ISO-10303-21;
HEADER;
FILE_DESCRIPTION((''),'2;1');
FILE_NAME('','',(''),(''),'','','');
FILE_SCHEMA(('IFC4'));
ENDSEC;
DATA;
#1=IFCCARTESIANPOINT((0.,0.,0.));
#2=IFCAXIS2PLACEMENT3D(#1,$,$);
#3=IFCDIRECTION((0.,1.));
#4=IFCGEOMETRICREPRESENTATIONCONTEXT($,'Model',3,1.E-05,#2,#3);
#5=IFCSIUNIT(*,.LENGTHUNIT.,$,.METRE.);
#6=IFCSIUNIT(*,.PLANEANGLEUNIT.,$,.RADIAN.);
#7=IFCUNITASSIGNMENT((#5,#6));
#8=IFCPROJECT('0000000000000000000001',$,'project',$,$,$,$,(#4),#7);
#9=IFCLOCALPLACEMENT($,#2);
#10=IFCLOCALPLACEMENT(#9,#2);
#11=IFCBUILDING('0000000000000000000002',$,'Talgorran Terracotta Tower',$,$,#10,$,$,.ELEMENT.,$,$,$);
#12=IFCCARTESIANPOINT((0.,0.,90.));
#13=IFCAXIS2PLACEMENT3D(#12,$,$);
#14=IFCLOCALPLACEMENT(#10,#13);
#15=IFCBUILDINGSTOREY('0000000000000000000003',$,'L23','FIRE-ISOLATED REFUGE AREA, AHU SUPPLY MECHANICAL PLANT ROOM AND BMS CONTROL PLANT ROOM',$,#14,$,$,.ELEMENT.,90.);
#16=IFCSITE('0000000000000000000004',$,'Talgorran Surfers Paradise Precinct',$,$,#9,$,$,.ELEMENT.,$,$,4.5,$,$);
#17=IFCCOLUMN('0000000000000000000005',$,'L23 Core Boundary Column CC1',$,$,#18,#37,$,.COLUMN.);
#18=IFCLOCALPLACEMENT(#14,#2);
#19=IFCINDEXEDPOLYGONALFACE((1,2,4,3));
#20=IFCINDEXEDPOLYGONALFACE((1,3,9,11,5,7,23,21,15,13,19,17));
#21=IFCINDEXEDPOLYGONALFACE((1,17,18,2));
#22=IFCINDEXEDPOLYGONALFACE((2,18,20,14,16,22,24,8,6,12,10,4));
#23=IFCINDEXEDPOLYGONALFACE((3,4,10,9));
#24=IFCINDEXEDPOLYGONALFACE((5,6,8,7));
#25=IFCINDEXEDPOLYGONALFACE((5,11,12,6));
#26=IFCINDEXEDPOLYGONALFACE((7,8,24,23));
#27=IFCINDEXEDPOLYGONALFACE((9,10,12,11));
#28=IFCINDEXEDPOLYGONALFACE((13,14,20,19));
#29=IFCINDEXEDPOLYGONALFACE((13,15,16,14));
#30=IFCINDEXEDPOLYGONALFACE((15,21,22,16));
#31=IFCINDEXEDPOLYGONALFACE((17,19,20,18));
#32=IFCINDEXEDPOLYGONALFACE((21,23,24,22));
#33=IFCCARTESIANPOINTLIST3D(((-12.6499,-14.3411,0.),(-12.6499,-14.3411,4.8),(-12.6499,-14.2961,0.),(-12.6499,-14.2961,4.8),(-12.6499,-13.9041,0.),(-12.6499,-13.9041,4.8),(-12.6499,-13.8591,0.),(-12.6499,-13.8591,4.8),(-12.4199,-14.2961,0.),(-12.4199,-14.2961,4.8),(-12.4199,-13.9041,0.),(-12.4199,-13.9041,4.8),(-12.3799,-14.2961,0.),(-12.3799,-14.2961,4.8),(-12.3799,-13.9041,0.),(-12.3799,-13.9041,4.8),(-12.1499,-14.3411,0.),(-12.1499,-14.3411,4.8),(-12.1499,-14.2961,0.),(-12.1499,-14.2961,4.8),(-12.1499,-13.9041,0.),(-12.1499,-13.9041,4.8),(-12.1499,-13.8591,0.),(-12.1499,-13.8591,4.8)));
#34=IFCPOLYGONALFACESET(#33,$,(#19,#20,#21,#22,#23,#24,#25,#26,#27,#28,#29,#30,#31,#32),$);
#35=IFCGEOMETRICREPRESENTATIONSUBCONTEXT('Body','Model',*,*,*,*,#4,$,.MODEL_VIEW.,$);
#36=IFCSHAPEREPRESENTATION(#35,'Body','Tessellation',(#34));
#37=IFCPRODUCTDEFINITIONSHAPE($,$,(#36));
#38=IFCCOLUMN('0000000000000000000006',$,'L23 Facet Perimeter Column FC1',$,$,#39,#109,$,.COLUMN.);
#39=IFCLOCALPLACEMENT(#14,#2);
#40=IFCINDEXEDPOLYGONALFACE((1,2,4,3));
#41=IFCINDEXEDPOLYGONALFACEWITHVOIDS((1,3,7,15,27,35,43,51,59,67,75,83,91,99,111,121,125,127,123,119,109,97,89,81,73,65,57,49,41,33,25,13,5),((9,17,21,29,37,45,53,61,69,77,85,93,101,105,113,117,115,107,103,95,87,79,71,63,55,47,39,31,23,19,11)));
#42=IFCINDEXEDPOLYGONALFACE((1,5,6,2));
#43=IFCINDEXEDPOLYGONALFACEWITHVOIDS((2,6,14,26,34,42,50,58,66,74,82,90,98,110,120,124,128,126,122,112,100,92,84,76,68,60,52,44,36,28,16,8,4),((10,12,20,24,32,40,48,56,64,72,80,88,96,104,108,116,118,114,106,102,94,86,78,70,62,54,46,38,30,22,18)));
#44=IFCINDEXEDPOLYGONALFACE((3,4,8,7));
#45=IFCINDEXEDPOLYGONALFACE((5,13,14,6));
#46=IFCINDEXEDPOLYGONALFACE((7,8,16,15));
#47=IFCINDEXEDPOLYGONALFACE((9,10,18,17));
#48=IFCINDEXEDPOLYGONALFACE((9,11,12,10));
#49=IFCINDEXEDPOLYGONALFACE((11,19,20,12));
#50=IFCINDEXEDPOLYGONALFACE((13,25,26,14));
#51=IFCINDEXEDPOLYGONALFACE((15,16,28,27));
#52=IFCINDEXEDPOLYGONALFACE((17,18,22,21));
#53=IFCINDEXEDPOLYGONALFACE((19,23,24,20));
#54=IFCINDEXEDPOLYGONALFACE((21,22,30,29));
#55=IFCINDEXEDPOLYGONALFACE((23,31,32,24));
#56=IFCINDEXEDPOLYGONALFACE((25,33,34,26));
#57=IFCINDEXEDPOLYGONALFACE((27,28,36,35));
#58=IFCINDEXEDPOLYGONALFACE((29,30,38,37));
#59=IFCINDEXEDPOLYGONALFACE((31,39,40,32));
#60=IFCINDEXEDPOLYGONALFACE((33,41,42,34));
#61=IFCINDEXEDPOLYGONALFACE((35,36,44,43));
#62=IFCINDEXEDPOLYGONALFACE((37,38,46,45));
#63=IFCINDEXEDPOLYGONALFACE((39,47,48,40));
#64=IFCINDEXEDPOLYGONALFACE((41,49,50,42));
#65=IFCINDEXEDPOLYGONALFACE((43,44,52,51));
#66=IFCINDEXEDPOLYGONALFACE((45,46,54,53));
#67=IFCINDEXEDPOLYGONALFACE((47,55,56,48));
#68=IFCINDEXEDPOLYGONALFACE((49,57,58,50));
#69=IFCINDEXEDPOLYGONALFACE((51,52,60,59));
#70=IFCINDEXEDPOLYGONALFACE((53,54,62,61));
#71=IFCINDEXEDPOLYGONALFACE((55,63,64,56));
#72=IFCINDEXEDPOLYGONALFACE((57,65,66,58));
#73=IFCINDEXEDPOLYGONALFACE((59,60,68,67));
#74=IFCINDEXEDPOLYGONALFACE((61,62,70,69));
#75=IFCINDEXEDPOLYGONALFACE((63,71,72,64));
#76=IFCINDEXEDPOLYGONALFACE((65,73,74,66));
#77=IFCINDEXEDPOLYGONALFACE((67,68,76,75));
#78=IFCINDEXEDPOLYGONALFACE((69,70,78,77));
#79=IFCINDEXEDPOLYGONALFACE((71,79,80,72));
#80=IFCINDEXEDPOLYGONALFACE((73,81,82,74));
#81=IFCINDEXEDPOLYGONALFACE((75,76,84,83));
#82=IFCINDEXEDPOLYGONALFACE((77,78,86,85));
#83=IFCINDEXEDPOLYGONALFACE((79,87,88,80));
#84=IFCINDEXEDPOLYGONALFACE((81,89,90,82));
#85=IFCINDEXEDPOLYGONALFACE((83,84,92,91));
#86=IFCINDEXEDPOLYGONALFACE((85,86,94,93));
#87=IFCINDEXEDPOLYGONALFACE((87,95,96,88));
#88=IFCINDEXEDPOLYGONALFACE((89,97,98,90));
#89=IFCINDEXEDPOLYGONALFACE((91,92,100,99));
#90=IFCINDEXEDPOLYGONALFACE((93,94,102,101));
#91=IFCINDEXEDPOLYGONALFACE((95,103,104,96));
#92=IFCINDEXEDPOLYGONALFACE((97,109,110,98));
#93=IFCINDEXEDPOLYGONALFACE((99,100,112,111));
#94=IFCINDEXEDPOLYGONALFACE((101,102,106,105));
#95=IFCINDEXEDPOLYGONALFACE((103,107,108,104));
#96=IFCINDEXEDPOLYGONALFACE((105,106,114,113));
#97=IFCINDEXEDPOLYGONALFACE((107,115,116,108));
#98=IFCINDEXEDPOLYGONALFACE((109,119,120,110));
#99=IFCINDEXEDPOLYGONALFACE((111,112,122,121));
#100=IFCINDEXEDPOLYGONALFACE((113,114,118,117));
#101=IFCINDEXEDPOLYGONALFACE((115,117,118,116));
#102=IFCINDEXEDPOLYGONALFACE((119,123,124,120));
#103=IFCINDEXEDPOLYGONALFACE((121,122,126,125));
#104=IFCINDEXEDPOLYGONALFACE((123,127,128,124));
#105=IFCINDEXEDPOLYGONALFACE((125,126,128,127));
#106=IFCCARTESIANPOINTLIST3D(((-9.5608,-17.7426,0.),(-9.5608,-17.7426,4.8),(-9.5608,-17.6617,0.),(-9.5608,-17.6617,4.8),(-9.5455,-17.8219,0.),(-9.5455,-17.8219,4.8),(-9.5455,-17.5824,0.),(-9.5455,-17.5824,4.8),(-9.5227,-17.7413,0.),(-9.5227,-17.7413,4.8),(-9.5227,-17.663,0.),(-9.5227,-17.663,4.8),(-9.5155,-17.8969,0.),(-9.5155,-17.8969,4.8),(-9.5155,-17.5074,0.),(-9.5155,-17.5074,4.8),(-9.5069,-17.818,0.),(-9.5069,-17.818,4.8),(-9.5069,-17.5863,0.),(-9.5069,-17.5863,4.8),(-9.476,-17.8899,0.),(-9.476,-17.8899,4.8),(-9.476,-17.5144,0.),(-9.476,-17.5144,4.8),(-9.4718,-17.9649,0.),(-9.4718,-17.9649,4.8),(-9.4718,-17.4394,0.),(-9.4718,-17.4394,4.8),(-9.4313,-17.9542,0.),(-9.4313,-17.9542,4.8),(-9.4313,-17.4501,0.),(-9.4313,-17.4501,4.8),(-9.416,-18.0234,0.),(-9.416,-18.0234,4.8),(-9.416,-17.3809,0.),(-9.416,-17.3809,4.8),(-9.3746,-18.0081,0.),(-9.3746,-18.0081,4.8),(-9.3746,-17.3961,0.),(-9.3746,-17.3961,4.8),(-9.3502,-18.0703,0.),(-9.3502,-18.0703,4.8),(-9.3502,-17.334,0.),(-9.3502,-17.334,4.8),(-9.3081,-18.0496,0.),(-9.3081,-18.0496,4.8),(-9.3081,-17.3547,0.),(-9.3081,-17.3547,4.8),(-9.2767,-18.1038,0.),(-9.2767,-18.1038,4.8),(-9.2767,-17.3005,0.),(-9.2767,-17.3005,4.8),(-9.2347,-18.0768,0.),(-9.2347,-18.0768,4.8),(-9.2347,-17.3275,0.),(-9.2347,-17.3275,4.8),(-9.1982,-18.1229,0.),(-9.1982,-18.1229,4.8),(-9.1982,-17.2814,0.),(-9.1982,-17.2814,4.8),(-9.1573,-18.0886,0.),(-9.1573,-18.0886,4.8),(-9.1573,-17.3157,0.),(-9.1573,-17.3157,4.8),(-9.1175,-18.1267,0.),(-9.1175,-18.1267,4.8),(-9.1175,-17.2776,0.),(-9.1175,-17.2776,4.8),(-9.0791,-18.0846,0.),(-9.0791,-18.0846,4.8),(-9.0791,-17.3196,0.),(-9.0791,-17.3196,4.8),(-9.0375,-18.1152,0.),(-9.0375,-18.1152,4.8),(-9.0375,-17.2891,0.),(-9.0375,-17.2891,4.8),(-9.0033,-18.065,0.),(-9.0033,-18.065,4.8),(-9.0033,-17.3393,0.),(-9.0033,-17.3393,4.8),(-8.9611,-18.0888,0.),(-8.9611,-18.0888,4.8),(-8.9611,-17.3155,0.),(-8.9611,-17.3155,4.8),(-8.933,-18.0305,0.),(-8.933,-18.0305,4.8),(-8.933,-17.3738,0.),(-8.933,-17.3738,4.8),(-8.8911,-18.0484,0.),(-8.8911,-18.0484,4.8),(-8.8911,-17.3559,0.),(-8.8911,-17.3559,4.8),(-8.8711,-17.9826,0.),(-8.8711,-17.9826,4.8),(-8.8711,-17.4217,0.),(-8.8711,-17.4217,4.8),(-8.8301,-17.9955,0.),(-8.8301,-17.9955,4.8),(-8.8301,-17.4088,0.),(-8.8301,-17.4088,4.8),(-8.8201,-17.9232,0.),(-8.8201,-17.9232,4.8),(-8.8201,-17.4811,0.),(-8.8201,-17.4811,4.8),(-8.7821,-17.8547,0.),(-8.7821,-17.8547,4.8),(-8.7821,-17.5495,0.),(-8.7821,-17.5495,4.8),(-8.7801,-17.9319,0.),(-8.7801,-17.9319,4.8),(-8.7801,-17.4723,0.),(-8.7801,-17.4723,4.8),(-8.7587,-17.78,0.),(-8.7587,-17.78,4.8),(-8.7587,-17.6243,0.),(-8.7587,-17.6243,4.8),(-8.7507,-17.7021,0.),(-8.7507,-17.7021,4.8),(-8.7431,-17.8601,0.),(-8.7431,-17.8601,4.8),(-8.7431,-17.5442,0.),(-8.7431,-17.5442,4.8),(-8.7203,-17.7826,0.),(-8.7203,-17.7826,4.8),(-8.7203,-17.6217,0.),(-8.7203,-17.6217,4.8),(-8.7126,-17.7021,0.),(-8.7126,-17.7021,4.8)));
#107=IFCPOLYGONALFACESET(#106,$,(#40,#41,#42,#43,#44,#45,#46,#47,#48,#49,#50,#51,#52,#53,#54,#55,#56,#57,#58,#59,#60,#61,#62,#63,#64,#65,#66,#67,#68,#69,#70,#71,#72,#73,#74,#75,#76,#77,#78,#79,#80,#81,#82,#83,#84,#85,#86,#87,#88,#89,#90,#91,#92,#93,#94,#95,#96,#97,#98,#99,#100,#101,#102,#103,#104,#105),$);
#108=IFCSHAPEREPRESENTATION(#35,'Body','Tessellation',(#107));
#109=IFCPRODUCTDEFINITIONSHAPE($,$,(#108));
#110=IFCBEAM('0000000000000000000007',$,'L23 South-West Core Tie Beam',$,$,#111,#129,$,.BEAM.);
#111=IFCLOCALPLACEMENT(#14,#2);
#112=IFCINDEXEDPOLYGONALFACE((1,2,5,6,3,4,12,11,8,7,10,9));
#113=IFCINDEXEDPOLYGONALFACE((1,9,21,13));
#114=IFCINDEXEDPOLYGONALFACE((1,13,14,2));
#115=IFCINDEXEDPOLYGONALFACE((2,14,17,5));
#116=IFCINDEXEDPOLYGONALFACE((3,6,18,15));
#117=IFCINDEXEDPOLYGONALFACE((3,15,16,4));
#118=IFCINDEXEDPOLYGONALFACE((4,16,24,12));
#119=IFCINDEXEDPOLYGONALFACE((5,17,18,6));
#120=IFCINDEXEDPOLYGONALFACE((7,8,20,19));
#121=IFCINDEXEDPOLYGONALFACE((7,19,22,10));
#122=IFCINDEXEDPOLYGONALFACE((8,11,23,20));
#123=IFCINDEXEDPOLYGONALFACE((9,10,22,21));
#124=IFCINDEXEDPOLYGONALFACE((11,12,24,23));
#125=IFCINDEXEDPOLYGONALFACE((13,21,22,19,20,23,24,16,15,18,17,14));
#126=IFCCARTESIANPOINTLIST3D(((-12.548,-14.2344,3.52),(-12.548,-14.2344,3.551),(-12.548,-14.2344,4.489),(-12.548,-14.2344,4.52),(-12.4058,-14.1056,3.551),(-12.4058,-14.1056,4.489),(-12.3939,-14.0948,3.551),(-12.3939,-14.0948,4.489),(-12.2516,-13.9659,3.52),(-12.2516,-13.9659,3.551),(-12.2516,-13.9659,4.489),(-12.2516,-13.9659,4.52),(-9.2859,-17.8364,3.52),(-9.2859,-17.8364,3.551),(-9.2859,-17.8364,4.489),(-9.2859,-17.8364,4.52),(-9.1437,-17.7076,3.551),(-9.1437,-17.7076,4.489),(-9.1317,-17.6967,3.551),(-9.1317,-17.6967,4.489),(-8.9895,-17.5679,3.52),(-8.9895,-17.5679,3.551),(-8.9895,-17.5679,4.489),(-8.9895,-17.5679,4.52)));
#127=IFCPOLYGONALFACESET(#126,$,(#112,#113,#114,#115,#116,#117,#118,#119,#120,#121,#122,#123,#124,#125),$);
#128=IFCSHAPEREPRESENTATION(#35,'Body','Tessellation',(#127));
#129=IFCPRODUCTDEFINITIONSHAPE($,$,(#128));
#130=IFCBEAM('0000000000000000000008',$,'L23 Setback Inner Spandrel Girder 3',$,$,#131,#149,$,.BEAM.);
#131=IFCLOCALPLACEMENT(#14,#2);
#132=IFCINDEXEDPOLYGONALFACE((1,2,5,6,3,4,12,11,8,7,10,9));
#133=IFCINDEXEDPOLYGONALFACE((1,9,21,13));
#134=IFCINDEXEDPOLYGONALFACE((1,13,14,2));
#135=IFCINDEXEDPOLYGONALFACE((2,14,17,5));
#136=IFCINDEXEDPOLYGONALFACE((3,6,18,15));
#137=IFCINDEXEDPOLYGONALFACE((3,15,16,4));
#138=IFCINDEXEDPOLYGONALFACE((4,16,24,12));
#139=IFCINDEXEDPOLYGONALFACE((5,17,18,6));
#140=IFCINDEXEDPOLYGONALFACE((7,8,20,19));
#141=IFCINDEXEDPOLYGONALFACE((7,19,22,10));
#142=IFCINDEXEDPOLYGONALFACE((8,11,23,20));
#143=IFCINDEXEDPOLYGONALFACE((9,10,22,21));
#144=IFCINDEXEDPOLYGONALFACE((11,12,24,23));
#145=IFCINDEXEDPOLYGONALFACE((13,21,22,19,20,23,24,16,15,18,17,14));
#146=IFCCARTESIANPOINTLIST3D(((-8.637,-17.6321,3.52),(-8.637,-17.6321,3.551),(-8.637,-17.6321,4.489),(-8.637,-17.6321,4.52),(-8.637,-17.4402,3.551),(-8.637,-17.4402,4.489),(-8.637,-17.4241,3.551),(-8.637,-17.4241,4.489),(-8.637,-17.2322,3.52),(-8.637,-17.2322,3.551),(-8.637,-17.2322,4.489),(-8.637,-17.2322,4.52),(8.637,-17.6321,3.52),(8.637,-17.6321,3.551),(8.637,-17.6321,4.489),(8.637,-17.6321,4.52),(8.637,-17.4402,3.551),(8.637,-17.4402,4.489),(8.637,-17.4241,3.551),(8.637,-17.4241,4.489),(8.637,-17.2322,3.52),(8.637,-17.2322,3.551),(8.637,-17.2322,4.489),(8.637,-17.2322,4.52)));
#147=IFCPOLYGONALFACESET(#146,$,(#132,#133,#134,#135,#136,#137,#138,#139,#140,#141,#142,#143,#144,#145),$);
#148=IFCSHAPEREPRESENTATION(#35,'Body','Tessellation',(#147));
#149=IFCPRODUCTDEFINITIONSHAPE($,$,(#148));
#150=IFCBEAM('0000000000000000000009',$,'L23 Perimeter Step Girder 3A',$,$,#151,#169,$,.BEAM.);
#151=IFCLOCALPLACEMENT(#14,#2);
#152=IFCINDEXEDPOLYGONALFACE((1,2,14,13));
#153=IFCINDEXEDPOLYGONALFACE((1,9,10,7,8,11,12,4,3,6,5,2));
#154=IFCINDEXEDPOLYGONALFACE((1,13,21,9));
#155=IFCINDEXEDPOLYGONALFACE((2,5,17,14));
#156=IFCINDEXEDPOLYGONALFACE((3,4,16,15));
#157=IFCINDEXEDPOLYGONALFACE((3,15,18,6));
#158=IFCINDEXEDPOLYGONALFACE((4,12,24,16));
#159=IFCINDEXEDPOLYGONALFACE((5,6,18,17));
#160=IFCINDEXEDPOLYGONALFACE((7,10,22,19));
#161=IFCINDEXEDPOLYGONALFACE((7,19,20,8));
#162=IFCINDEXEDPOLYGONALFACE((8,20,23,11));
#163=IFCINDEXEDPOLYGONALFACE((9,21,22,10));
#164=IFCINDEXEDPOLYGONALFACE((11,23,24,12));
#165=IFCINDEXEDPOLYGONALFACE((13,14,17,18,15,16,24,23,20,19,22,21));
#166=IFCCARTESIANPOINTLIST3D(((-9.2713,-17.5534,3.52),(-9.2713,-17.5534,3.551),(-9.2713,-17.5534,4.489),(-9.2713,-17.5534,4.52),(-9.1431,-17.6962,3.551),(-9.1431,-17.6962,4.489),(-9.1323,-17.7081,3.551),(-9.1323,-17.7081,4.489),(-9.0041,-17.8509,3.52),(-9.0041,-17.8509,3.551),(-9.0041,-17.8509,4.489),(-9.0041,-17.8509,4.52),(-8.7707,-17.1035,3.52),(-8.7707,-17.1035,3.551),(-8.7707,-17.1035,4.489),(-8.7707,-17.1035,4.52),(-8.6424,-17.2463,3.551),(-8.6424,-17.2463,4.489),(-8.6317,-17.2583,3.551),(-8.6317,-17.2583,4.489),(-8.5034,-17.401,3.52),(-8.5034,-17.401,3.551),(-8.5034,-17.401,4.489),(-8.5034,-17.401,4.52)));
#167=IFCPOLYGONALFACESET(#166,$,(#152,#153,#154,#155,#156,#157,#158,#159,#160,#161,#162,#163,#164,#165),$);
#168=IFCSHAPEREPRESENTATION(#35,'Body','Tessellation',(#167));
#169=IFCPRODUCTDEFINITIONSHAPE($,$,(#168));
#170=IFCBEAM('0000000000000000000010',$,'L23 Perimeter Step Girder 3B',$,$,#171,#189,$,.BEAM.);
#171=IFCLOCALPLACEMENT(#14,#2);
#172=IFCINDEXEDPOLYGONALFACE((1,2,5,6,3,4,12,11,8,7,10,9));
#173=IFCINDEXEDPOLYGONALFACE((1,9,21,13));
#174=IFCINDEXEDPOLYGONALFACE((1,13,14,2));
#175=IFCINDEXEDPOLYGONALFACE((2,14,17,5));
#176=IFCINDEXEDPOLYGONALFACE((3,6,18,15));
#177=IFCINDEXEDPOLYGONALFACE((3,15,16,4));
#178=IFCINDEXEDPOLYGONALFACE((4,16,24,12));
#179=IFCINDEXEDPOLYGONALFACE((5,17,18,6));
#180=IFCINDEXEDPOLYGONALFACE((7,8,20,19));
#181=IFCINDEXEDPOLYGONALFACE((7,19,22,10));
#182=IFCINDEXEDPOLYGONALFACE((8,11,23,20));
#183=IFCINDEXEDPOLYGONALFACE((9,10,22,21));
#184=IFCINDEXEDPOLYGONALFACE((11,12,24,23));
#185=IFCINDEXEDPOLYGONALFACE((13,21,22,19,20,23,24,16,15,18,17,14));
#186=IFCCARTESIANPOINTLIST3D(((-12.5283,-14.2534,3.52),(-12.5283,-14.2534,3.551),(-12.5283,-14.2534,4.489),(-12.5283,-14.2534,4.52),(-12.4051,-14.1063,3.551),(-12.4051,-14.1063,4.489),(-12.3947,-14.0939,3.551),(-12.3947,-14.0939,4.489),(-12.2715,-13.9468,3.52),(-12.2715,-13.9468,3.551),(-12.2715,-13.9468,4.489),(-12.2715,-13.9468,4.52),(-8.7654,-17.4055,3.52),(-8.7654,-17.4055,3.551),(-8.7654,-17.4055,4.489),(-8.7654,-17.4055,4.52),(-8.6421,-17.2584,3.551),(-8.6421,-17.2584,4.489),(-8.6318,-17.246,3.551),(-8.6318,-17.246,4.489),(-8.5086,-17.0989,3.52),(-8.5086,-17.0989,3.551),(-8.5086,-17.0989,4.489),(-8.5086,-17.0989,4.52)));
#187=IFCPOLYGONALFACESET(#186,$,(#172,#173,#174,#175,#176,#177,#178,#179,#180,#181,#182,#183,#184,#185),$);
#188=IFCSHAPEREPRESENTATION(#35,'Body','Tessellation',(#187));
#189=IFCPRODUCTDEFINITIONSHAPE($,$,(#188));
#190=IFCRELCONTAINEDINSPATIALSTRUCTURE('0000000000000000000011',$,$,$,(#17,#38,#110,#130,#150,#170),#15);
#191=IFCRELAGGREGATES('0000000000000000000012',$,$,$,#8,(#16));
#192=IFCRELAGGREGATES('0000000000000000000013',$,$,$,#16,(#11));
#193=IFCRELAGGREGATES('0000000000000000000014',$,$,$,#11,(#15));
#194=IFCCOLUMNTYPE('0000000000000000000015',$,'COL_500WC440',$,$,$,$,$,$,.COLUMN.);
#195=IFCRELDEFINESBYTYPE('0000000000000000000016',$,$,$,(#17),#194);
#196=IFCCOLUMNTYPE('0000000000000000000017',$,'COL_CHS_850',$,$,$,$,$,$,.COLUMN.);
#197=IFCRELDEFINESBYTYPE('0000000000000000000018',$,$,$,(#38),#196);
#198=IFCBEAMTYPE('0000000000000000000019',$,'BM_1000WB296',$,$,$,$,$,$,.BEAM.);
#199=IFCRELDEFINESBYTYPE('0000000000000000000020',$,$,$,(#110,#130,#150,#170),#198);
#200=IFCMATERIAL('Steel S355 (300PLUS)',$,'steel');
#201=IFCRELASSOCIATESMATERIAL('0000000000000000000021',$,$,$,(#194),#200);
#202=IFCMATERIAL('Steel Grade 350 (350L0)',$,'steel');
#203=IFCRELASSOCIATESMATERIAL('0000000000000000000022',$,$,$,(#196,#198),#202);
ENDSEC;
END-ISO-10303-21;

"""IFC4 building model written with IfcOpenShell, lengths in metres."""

from ifc_helpers import new_model, si_unit, direction, frame, origin, origin_2d, place, context, subcontext, project, spatial, hollow_circle, i_section, extrude, material, material_profile, profile_set, type_object, element, save


model = new_model("IFC4")

# Units and contexts
model_context = context("Model", 3, precision=1e-05, world=origin(), true_north=direction((0.0, 1.0)))
body_context = subcontext(model_context, "Body", "Model", "MODEL_VIEW")
ifc_project = project(units=[si_unit("LENGTHUNIT", "METRE"), si_unit("PLANEANGLEUNIT", "RADIAN")], contexts=[model_context])

# Site, building, storey
site_placement = place(None, origin())
site = spatial("IfcSite", under=ifc_project, at=site_placement, Name="Talgorran Surfers Paradise Precinct", CompositionType="ELEMENT", RefElevation=4.5)
building_placement = place(site_placement, origin())
building = spatial("IfcBuilding", under=site, at=building_placement, Name="Talgorran Terracotta Tower", CompositionType="ELEMENT")
storey_placement = place(building_placement, frame((0.0, 0.0, 90.0)))
storey = spatial("IfcBuildingStorey", under=building, at=storey_placement, Name="L23", Description="FIRE-ISOLATED REFUGE AREA, AHU SUPPLY MECHANICAL PLANT ROOM AND BMS CONTROL PLANT ROOM", CompositionType="ELEMENT", Elevation=90.0)

# Columns
ifc_material_1 = material(Name="Steel S355 (300PLUS)", Category="steel")
ifc_material_profile_1 = material_profile(ifc_material_1, i_section(OverallWidth=0.5, OverallDepth=0.4819, WebThickness=0.04, FlangeThickness=0.0449, at=origin_2d()), Name="500WC440")
ifc_profile_set_1 = profile_set([ifc_material_profile_1], Name="Steel S355 (300PLUS)")
column_type_1 = type_object("IfcColumnType", Name="COL_500WC440", PredefinedType="COLUMN", material=ifc_profile_set_1)
column_1_placement = place(storey_placement, frame((-12.3999, -14.1001, 0.0), z_axis=(0.0, 0.0, 1.0), x_axis=(1.0, 0.0, 0.0)))
element("IfcColumn", 1, at=column_1_placement, inside=storey, type_object=column_type_1, Name="L23 Core Boundary Column CC1", PredefinedType="COLUMN", context=body_context, shape_type="SweptSolid", body=[
    extrude(i_section(OverallWidth=0.5, OverallDepth=0.4819, WebThickness=0.04, FlangeThickness=0.0449, at=origin_2d()), origin(), (0.0, 0.0, 1.0), 4.8),
])
ifc_material_2 = material(Name="Steel Grade 350 (350L0)", Category="steel")
ifc_material_profile_2 = material_profile(ifc_material_2, hollow_circle(Radius=0.425, WallThickness=0.0381, at=origin_2d()), Name="CHS850X38")
ifc_profile_set_2 = profile_set([ifc_material_profile_2], Name="Steel Grade 350 (350L0)")
column_type_2 = type_object("IfcColumnType", Name="COL_CHS_850", PredefinedType="COLUMN", material=ifc_profile_set_2)
column_2_placement = place(storey_placement, frame((-9.1377, -17.7021, 0.0), z_axis=(0.0, 0.0, 1.0), x_axis=(1.0, 0.0, 0.0)))
element("IfcColumn", 2, at=column_2_placement, inside=storey, type_object=column_type_2, Name="L23 Facet Perimeter Column FC1", PredefinedType="COLUMN", context=body_context, shape_type="SweptSolid", body=[
    extrude(hollow_circle(Radius=0.425, WallThickness=0.0381, at=origin_2d()), origin(), (0.0, 0.0, 1.0), 4.8),
])

# Beams
ifc_material_profile_3 = material_profile(ifc_material_2, i_section(OverallWidth=0.3999, OverallDepth=1.0, WebThickness=0.0161, FlangeThickness=0.031, at=origin_2d()), Name="1000WB296")
ifc_profile_set_3 = profile_set([ifc_material_profile_3], Name="Steel Grade 350 (350L0)")
beam_type_1 = type_object("IfcBeamType", Name="BM_1000WB296", PredefinedType="BEAM", material=ifc_profile_set_3)
beam_1_placement = place(storey_placement, frame((-9.1377, -17.7021, 4.02), z_axis=(-0.671276, 0.741207, 0.0), x_axis=(-0.741207, -0.671276, 0.0)))
element("IfcBeam", 3, at=beam_1_placement, inside=storey, type_object=beam_type_1, Name="L23 South-West Core Tie Beam", PredefinedType="BEAM", context=body_context, shape_type="SweptSolid", body=[
    extrude(i_section(OverallWidth=0.3999, OverallDepth=1.0, WebThickness=0.0161, FlangeThickness=0.031, at=origin_2d()), origin(), (0.0, 0.0, 1.0), 4.8596),
])
beam_2_placement = place(storey_placement, frame((-8.637, -17.4321, 4.02), z_axis=(1.0, 0.0, 0.0), x_axis=(0.0, 1.0, 0.0)))
element("IfcBeam", 4, at=beam_2_placement, inside=storey, type_object=beam_type_1, Name="L23 Setback Inner Spandrel Girder 3", PredefinedType="BEAM", context=body_context, shape_type="SweptSolid", body=[
    extrude(i_section(OverallWidth=0.3999, OverallDepth=1.0, WebThickness=0.0161, FlangeThickness=0.031, at=origin_2d()), origin(), (0.0, 0.0, 1.0), 17.2739),
])
beam_3_placement = place(storey_placement, frame((-9.1377, -17.7021, 4.02), z_axis=(0.743817, 0.668383, 0.0), x_axis=(-0.668383, 0.743817, 0.0)))
element("IfcBeam", 5, at=beam_3_placement, inside=storey, type_object=beam_type_1, Name="L23 Perimeter Step Girder 3A", PredefinedType="BEAM", context=body_context, shape_type="SweptSolid", body=[
    extrude(i_section(OverallWidth=0.3999, OverallDepth=1.0, WebThickness=0.0161, FlangeThickness=0.031, at=origin_2d()), origin(), (0.0, 0.0, 1.0), 0.6731),
])
beam_4_placement = place(storey_placement, frame((-8.637, -17.2522, 4.02), z_axis=(-0.766584, 0.642144, 0.0), x_axis=(-0.642144, -0.766584, 0.0)))
element("IfcBeam", 6, at=beam_4_placement, inside=storey, type_object=beam_type_1, Name="L23 Perimeter Step Girder 3B", PredefinedType="BEAM", context=body_context, shape_type="SweptSolid", body=[
    extrude(i_section(OverallWidth=0.3999, OverallDepth=1.0, WebThickness=0.0161, FlangeThickness=0.031, at=origin_2d()), origin(), (0.0, 0.0, 1.0), 4.9087),
])

save(model, "model.ifc")
